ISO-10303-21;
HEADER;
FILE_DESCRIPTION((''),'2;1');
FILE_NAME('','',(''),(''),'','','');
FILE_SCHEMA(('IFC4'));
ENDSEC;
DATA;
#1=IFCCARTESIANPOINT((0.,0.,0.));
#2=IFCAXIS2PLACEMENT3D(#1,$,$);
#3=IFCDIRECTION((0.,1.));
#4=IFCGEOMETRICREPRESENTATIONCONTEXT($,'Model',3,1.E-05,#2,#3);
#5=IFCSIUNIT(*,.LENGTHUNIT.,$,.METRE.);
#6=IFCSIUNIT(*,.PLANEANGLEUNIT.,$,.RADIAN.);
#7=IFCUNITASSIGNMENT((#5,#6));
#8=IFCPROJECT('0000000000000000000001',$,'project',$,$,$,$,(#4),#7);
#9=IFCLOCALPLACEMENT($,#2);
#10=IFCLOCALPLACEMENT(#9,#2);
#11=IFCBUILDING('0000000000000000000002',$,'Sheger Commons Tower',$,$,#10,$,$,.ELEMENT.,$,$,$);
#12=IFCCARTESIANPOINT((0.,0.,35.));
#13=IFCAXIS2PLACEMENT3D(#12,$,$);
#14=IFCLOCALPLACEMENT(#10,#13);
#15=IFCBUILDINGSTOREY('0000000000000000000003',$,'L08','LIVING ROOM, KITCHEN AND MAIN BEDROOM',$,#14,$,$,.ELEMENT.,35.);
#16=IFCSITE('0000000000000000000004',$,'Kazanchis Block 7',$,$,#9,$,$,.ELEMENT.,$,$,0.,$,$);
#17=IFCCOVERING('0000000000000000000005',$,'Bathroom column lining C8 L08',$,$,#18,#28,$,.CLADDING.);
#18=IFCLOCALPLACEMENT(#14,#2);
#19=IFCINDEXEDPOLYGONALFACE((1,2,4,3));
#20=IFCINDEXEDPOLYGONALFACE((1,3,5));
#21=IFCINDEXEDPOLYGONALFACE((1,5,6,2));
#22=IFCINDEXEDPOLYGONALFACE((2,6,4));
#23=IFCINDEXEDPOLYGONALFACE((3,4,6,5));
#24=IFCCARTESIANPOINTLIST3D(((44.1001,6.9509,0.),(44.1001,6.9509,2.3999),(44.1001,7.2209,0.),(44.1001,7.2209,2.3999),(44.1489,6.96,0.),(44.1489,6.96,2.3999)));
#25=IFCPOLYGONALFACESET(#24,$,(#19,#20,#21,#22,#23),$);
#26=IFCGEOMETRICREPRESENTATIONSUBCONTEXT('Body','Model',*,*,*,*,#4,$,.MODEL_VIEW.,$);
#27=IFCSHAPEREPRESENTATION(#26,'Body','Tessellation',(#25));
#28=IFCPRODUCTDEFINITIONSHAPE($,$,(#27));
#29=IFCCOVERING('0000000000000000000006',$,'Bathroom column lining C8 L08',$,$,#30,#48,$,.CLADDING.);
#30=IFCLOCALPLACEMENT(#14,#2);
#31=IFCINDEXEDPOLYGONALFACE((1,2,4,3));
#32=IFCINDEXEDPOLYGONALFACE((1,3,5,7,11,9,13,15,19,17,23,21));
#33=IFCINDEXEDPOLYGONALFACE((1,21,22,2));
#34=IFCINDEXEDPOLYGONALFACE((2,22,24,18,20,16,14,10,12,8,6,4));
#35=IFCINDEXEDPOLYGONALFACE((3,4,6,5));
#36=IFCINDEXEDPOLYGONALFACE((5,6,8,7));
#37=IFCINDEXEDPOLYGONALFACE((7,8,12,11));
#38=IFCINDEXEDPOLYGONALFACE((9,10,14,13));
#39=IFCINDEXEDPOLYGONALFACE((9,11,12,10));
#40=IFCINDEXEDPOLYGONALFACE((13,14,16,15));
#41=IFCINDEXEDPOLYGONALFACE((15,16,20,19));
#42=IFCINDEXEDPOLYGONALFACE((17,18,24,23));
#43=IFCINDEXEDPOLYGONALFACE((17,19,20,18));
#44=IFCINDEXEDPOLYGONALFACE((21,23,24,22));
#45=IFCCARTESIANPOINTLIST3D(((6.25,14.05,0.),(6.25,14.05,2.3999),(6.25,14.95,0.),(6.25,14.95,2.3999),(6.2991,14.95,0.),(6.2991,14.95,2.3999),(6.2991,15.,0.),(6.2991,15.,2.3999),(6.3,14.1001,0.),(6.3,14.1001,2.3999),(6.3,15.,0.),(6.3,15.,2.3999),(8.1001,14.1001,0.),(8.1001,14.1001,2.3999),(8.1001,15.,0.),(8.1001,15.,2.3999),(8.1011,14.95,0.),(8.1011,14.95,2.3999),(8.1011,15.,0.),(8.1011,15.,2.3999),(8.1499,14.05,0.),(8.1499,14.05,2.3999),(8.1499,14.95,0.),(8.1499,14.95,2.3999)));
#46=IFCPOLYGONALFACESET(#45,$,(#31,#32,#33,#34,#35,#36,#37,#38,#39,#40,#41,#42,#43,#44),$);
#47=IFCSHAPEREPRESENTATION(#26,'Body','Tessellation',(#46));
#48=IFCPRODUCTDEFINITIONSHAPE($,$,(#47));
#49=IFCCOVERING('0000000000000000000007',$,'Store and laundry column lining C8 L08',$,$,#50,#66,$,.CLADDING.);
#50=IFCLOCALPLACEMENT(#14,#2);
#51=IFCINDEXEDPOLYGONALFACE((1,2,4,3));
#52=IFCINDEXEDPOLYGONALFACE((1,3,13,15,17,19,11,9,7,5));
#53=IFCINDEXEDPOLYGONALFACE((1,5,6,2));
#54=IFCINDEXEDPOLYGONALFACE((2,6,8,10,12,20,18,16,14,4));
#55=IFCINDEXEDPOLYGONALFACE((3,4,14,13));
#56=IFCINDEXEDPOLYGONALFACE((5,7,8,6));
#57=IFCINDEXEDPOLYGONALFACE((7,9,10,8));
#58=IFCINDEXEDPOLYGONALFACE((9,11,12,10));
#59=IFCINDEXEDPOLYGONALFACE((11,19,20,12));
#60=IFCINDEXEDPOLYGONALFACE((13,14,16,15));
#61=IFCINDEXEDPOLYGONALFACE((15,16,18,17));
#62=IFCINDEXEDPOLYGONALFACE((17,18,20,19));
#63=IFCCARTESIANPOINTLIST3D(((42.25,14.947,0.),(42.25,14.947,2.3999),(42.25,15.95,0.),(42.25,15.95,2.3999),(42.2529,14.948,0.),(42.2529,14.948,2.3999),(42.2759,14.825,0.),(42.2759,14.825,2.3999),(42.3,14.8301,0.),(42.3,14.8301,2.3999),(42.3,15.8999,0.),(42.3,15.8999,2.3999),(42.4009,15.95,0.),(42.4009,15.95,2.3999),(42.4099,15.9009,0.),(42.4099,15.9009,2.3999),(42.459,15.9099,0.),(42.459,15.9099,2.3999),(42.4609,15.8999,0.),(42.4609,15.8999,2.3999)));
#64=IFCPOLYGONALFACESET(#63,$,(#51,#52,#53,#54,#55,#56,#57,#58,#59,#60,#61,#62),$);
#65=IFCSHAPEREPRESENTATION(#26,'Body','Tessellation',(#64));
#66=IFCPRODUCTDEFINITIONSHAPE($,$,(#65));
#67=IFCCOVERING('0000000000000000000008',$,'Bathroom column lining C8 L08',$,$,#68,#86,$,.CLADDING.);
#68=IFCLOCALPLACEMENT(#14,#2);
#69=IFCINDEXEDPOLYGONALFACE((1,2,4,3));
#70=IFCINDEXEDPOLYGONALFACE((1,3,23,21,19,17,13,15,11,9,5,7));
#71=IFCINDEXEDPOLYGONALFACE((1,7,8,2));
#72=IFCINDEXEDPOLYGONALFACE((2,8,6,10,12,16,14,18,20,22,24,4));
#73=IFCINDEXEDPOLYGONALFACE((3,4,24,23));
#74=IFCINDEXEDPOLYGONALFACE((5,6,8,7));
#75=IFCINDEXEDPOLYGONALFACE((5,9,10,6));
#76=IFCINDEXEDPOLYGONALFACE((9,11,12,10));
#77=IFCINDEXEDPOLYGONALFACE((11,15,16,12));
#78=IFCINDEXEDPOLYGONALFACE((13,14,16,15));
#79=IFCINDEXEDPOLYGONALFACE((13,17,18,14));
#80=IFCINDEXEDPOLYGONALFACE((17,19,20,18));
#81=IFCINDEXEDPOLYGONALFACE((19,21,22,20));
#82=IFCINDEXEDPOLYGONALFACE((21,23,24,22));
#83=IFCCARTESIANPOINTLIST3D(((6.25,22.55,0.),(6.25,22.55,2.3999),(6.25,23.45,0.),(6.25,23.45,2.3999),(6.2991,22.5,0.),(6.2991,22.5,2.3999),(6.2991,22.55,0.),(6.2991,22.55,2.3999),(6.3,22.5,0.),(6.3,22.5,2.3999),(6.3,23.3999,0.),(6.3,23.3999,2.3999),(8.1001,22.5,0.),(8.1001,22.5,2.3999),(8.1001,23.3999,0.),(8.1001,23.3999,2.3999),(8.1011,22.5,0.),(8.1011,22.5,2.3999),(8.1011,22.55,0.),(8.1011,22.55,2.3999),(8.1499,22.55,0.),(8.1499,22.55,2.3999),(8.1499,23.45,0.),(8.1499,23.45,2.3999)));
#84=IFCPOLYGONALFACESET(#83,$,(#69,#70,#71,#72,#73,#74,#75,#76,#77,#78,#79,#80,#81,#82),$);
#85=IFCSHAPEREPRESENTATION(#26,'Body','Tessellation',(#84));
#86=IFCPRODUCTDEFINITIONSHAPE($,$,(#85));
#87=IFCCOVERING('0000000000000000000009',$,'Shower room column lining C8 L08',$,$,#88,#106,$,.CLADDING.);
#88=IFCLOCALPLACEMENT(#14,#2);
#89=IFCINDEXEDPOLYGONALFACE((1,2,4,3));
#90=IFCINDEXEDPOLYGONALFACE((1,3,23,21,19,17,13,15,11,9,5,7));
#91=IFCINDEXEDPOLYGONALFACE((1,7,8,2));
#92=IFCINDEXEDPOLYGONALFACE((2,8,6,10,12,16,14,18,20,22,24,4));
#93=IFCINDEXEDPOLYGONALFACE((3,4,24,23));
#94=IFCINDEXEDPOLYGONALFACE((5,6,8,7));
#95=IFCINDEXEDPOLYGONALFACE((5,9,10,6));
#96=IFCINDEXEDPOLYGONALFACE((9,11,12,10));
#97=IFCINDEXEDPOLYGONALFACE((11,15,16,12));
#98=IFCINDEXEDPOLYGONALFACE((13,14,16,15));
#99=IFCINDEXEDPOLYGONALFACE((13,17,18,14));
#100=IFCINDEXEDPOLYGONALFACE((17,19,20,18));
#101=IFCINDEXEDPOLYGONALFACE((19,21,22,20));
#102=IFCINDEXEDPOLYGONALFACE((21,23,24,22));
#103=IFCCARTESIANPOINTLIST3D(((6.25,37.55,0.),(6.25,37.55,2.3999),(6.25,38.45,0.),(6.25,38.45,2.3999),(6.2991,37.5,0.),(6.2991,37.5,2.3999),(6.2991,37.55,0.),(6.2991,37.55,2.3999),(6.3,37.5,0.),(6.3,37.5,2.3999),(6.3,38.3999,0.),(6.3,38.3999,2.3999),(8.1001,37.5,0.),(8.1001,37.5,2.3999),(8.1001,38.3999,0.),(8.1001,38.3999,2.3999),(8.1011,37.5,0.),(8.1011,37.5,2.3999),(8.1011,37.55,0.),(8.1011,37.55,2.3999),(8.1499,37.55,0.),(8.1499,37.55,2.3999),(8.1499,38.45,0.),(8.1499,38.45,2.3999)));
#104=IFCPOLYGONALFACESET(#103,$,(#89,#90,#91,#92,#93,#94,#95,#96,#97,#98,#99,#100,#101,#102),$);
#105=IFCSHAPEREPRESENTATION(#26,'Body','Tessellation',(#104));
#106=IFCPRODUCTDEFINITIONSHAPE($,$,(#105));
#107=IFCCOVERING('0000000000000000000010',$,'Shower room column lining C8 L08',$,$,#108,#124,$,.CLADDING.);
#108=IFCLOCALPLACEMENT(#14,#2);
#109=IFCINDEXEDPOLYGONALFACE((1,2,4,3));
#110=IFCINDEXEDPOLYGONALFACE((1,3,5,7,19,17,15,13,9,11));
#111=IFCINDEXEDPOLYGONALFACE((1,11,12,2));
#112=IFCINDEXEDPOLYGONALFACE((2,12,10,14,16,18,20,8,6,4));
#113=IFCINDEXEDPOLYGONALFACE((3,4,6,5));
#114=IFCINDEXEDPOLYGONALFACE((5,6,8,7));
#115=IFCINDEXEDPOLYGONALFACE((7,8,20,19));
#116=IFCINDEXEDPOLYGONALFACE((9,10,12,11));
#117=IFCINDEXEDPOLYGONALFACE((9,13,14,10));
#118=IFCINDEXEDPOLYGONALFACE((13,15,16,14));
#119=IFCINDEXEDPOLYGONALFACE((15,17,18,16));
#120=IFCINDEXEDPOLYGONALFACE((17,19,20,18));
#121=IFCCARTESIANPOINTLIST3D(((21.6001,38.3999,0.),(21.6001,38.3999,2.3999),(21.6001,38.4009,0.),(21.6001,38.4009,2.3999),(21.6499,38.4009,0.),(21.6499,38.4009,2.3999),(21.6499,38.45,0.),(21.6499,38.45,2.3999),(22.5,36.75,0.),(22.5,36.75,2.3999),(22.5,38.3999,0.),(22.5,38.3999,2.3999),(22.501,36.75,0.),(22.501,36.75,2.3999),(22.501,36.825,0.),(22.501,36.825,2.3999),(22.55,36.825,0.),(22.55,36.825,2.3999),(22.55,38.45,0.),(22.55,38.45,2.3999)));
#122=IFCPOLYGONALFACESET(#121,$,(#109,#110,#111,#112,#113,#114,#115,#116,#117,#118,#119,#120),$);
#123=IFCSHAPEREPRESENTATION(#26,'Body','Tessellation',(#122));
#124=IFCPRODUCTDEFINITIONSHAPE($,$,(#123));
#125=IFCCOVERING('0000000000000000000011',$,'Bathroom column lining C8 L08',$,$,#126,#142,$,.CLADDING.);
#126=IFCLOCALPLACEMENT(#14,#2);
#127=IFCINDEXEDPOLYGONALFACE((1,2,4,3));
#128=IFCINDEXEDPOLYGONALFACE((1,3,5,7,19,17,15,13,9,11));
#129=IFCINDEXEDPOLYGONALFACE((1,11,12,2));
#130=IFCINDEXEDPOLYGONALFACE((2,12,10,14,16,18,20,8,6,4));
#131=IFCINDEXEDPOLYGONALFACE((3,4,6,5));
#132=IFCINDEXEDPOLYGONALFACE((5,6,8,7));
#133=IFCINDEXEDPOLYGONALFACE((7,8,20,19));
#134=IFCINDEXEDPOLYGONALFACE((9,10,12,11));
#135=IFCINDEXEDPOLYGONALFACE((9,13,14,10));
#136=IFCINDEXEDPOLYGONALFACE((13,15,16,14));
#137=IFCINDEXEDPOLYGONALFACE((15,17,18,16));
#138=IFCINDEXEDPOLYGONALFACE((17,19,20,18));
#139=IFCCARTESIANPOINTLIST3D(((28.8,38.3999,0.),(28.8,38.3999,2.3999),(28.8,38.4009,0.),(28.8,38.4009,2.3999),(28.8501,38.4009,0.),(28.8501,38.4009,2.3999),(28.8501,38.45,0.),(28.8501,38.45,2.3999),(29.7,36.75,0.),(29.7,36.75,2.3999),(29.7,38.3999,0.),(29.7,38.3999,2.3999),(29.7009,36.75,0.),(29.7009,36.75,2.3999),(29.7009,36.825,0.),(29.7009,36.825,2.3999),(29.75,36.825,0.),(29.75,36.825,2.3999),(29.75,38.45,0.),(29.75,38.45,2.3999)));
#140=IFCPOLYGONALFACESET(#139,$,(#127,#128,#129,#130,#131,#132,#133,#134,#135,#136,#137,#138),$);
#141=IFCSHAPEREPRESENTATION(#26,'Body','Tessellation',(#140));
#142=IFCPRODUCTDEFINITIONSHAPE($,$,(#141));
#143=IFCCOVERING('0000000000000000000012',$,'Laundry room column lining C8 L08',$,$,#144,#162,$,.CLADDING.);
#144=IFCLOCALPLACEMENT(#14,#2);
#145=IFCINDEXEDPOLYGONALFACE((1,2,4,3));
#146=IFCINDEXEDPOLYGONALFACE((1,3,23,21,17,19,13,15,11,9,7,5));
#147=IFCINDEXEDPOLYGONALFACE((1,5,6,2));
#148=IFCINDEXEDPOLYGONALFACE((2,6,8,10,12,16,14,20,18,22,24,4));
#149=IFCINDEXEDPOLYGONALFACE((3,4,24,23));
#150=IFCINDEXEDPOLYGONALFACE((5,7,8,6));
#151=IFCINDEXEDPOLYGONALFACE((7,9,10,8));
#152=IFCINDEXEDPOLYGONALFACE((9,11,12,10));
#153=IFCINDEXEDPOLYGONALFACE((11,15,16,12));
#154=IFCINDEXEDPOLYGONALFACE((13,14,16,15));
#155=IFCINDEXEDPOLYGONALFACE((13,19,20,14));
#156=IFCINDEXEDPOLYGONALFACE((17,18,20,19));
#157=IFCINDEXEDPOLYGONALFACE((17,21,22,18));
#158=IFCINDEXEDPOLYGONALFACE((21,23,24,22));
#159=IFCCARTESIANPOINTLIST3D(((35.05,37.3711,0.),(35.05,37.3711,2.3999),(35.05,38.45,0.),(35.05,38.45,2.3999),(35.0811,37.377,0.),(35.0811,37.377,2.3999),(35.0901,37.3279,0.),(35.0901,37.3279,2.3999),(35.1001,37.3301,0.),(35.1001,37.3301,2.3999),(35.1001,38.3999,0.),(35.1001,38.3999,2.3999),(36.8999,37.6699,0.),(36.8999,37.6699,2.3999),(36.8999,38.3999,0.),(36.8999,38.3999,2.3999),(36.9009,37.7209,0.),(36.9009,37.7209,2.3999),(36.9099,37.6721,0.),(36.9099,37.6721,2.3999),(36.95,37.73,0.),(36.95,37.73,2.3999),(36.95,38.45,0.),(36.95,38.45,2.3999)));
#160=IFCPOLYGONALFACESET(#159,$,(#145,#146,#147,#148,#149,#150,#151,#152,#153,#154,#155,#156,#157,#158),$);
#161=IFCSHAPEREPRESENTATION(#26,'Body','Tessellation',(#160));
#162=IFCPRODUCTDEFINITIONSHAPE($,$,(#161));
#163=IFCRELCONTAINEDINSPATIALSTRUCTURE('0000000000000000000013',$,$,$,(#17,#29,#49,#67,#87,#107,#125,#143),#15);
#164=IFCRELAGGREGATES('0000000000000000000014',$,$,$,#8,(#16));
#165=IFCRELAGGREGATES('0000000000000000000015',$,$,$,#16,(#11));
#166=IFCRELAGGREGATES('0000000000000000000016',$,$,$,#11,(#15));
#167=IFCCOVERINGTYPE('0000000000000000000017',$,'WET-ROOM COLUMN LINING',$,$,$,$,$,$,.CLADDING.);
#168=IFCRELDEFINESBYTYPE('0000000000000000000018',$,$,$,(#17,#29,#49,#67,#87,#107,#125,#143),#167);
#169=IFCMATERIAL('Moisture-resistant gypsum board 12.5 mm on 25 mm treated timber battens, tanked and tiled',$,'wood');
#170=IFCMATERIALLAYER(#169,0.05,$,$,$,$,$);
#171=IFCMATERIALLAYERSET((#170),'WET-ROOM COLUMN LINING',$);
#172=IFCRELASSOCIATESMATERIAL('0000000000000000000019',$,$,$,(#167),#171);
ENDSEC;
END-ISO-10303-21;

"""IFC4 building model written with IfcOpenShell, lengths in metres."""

from ifc_helpers import new_model, si_unit, direction, frame, origin, place, context, subcontext, project, spatial, polyline, outline, extrude, material, layer, layer_set, type_object, element, save


model = new_model("IFC4")

# Units and contexts
model_context = context("Model", 3, precision=1e-05, world=origin(), true_north=direction((0.0, 1.0)))
body_context = subcontext(model_context, "Body", "Model", "MODEL_VIEW")
ifc_project = project(units=[si_unit("LENGTHUNIT", "METRE"), si_unit("PLANEANGLEUNIT", "RADIAN")], contexts=[model_context])

# Site, building, storey
site_placement = place(None, origin())
site = spatial("IfcSite", under=ifc_project, at=site_placement, Name="Kazanchis Block 7", CompositionType="ELEMENT", RefElevation=0.0)
building_placement = place(site_placement, origin())
building = spatial("IfcBuilding", under=site, at=building_placement, Name="Sheger Commons Tower", CompositionType="ELEMENT")
storey_placement = place(building_placement, frame((0.0, 0.0, 35.0)))
storey = spatial("IfcBuildingStorey", under=building, at=storey_placement, Name="L08", Description="LIVING ROOM, KITCHEN AND MAIN BEDROOM", CompositionType="ELEMENT", Elevation=35.0)

# Coverings
ifc_material_1 = material(Name="Moisture-resistant gypsum board 12.5 mm on 25 mm treated timber battens, tanked and tiled", Category="wood")
ifc_layer_1 = layer(ifc_material_1, 0.05)
ifc_layer_set_1 = layer_set([ifc_layer_1], Name="WET-ROOM COLUMN LINING")
covering_type_1 = type_object("IfcCoveringType", Name="WET-ROOM COLUMN LINING", PredefinedType="CLADDING", material=ifc_layer_set_1)
covering_1_placement = place(storey_placement, origin())
element("IfcCovering", 1, at=covering_1_placement, inside=storey, type_object=covering_type_1, Name="Bathroom column lining C8 L08", PredefinedType="CLADDING", context=body_context, shape_type="SweptSolid", body=[
    extrude(outline(polyline([(44.1001, 7.2209), (44.1489, 6.96), (44.1001, 6.9509), (44.1001, 7.2209)])), origin(), (0.0, 0.0, 1.0), 2.3999),
])
covering_2_placement = place(storey_placement, origin())
element("IfcCovering", 2, at=covering_2_placement, inside=storey, type_object=covering_type_1, Name="Bathroom column lining C8 L08", PredefinedType="CLADDING", context=body_context, shape_type="SweptSolid", body=[
    extrude(outline(polyline([(6.3, 15.0), (6.3, 14.1001), (8.1001, 14.1001), (8.1001, 15.0), (8.1011, 15.0), (8.1011, 14.95), (8.1499, 14.95), (8.1499, 14.05), (6.25, 14.05), (6.25, 14.95), (6.2991, 14.95), (6.2991, 15.0), (6.3, 15.0)])), origin(), (0.0, 0.0, 1.0), 2.3999),
])
covering_3_placement = place(storey_placement, origin())
element("IfcCovering", 3, at=covering_3_placement, inside=storey, type_object=covering_type_1, Name="Store and laundry column lining C8 L08", PredefinedType="CLADDING", context=body_context, shape_type="SweptSolid", body=[
    extrude(outline(polyline([(42.4009, 15.95), (42.4099, 15.9009), (42.459, 15.9099), (42.4609, 15.8999), (42.3, 15.8999), (42.3, 14.8301), (42.2759, 14.825), (42.2529, 14.948), (42.25, 14.947), (42.25, 15.95), (42.4009, 15.95)])), origin(), (0.0, 0.0, 1.0), 2.3999),
])
covering_4_placement = place(storey_placement, origin())
element("IfcCovering", 4, at=covering_4_placement, inside=storey, type_object=covering_type_1, Name="Bathroom column lining C8 L08", PredefinedType="CLADDING", context=body_context, shape_type="SweptSolid", body=[
    extrude(outline(polyline([(8.1499, 23.45), (8.1499, 22.55), (8.1011, 22.55), (8.1011, 22.5), (8.1001, 22.5), (8.1001, 23.3999), (6.3, 23.3999), (6.3, 22.5), (6.2991, 22.5), (6.2991, 22.55), (6.25, 22.55), (6.25, 23.45), (8.1499, 23.45)])), origin(), (0.0, 0.0, 1.0), 2.3999),
])
covering_5_placement = place(storey_placement, origin())
element("IfcCovering", 5, at=covering_5_placement, inside=storey, type_object=covering_type_1, Name="Shower room column lining C8 L08", PredefinedType="CLADDING", context=body_context, shape_type="SweptSolid", body=[
    extrude(outline(polyline([(8.1499, 38.45), (8.1499, 37.55), (8.1011, 37.55), (8.1011, 37.5), (8.1001, 37.5), (8.1001, 38.3999), (6.3, 38.3999), (6.3, 37.5), (6.2991, 37.5), (6.2991, 37.55), (6.25, 37.55), (6.25, 38.45), (8.1499, 38.45)])), origin(), (0.0, 0.0, 1.0), 2.3999),
])
covering_6_placement = place(storey_placement, origin())
element("IfcCovering", 6, at=covering_6_placement, inside=storey, type_object=covering_type_1, Name="Shower room column lining C8 L08", PredefinedType="CLADDING", context=body_context, shape_type="SweptSolid", body=[
    extrude(outline(polyline([(22.55, 36.825), (22.501, 36.825), (22.501, 36.75), (22.5, 36.75), (22.5, 38.3999), (21.6001, 38.3999), (21.6001, 38.4009), (21.6499, 38.4009), (21.6499, 38.45), (22.55, 38.45), (22.55, 36.825)])), origin(), (0.0, 0.0, 1.0), 2.3999),
])
covering_7_placement = place(storey_placement, origin())
element("IfcCovering", 7, at=covering_7_placement, inside=storey, type_object=covering_type_1, Name="Bathroom column lining C8 L08", PredefinedType="CLADDING", context=body_context, shape_type="SweptSolid", body=[
    extrude(outline(polyline([(29.75, 36.825), (29.7009, 36.825), (29.7009, 36.75), (29.7, 36.75), (29.7, 38.3999), (28.8, 38.3999), (28.8, 38.4009), (28.8501, 38.4009), (28.8501, 38.45), (29.75, 38.45), (29.75, 36.825)])), origin(), (0.0, 0.0, 1.0), 2.3999),
])
covering_8_placement = place(storey_placement, origin())
element("IfcCovering", 8, at=covering_8_placement, inside=storey, type_object=covering_type_1, Name="Laundry room column lining C8 L08", PredefinedType="CLADDING", context=body_context, shape_type="SweptSolid", body=[
    extrude(outline(polyline([(36.95, 38.45), (36.95, 37.73), (36.9009, 37.7209), (36.9099, 37.6721), (36.8999, 37.6699), (36.8999, 38.3999), (35.1001, 38.3999), (35.1001, 37.3301), (35.0901, 37.3279), (35.0811, 37.377), (35.05, 37.3711), (35.05, 38.45), (36.95, 38.45)])), origin(), (0.0, 0.0, 1.0), 2.3999),
])

save(model, "model.ifc")
